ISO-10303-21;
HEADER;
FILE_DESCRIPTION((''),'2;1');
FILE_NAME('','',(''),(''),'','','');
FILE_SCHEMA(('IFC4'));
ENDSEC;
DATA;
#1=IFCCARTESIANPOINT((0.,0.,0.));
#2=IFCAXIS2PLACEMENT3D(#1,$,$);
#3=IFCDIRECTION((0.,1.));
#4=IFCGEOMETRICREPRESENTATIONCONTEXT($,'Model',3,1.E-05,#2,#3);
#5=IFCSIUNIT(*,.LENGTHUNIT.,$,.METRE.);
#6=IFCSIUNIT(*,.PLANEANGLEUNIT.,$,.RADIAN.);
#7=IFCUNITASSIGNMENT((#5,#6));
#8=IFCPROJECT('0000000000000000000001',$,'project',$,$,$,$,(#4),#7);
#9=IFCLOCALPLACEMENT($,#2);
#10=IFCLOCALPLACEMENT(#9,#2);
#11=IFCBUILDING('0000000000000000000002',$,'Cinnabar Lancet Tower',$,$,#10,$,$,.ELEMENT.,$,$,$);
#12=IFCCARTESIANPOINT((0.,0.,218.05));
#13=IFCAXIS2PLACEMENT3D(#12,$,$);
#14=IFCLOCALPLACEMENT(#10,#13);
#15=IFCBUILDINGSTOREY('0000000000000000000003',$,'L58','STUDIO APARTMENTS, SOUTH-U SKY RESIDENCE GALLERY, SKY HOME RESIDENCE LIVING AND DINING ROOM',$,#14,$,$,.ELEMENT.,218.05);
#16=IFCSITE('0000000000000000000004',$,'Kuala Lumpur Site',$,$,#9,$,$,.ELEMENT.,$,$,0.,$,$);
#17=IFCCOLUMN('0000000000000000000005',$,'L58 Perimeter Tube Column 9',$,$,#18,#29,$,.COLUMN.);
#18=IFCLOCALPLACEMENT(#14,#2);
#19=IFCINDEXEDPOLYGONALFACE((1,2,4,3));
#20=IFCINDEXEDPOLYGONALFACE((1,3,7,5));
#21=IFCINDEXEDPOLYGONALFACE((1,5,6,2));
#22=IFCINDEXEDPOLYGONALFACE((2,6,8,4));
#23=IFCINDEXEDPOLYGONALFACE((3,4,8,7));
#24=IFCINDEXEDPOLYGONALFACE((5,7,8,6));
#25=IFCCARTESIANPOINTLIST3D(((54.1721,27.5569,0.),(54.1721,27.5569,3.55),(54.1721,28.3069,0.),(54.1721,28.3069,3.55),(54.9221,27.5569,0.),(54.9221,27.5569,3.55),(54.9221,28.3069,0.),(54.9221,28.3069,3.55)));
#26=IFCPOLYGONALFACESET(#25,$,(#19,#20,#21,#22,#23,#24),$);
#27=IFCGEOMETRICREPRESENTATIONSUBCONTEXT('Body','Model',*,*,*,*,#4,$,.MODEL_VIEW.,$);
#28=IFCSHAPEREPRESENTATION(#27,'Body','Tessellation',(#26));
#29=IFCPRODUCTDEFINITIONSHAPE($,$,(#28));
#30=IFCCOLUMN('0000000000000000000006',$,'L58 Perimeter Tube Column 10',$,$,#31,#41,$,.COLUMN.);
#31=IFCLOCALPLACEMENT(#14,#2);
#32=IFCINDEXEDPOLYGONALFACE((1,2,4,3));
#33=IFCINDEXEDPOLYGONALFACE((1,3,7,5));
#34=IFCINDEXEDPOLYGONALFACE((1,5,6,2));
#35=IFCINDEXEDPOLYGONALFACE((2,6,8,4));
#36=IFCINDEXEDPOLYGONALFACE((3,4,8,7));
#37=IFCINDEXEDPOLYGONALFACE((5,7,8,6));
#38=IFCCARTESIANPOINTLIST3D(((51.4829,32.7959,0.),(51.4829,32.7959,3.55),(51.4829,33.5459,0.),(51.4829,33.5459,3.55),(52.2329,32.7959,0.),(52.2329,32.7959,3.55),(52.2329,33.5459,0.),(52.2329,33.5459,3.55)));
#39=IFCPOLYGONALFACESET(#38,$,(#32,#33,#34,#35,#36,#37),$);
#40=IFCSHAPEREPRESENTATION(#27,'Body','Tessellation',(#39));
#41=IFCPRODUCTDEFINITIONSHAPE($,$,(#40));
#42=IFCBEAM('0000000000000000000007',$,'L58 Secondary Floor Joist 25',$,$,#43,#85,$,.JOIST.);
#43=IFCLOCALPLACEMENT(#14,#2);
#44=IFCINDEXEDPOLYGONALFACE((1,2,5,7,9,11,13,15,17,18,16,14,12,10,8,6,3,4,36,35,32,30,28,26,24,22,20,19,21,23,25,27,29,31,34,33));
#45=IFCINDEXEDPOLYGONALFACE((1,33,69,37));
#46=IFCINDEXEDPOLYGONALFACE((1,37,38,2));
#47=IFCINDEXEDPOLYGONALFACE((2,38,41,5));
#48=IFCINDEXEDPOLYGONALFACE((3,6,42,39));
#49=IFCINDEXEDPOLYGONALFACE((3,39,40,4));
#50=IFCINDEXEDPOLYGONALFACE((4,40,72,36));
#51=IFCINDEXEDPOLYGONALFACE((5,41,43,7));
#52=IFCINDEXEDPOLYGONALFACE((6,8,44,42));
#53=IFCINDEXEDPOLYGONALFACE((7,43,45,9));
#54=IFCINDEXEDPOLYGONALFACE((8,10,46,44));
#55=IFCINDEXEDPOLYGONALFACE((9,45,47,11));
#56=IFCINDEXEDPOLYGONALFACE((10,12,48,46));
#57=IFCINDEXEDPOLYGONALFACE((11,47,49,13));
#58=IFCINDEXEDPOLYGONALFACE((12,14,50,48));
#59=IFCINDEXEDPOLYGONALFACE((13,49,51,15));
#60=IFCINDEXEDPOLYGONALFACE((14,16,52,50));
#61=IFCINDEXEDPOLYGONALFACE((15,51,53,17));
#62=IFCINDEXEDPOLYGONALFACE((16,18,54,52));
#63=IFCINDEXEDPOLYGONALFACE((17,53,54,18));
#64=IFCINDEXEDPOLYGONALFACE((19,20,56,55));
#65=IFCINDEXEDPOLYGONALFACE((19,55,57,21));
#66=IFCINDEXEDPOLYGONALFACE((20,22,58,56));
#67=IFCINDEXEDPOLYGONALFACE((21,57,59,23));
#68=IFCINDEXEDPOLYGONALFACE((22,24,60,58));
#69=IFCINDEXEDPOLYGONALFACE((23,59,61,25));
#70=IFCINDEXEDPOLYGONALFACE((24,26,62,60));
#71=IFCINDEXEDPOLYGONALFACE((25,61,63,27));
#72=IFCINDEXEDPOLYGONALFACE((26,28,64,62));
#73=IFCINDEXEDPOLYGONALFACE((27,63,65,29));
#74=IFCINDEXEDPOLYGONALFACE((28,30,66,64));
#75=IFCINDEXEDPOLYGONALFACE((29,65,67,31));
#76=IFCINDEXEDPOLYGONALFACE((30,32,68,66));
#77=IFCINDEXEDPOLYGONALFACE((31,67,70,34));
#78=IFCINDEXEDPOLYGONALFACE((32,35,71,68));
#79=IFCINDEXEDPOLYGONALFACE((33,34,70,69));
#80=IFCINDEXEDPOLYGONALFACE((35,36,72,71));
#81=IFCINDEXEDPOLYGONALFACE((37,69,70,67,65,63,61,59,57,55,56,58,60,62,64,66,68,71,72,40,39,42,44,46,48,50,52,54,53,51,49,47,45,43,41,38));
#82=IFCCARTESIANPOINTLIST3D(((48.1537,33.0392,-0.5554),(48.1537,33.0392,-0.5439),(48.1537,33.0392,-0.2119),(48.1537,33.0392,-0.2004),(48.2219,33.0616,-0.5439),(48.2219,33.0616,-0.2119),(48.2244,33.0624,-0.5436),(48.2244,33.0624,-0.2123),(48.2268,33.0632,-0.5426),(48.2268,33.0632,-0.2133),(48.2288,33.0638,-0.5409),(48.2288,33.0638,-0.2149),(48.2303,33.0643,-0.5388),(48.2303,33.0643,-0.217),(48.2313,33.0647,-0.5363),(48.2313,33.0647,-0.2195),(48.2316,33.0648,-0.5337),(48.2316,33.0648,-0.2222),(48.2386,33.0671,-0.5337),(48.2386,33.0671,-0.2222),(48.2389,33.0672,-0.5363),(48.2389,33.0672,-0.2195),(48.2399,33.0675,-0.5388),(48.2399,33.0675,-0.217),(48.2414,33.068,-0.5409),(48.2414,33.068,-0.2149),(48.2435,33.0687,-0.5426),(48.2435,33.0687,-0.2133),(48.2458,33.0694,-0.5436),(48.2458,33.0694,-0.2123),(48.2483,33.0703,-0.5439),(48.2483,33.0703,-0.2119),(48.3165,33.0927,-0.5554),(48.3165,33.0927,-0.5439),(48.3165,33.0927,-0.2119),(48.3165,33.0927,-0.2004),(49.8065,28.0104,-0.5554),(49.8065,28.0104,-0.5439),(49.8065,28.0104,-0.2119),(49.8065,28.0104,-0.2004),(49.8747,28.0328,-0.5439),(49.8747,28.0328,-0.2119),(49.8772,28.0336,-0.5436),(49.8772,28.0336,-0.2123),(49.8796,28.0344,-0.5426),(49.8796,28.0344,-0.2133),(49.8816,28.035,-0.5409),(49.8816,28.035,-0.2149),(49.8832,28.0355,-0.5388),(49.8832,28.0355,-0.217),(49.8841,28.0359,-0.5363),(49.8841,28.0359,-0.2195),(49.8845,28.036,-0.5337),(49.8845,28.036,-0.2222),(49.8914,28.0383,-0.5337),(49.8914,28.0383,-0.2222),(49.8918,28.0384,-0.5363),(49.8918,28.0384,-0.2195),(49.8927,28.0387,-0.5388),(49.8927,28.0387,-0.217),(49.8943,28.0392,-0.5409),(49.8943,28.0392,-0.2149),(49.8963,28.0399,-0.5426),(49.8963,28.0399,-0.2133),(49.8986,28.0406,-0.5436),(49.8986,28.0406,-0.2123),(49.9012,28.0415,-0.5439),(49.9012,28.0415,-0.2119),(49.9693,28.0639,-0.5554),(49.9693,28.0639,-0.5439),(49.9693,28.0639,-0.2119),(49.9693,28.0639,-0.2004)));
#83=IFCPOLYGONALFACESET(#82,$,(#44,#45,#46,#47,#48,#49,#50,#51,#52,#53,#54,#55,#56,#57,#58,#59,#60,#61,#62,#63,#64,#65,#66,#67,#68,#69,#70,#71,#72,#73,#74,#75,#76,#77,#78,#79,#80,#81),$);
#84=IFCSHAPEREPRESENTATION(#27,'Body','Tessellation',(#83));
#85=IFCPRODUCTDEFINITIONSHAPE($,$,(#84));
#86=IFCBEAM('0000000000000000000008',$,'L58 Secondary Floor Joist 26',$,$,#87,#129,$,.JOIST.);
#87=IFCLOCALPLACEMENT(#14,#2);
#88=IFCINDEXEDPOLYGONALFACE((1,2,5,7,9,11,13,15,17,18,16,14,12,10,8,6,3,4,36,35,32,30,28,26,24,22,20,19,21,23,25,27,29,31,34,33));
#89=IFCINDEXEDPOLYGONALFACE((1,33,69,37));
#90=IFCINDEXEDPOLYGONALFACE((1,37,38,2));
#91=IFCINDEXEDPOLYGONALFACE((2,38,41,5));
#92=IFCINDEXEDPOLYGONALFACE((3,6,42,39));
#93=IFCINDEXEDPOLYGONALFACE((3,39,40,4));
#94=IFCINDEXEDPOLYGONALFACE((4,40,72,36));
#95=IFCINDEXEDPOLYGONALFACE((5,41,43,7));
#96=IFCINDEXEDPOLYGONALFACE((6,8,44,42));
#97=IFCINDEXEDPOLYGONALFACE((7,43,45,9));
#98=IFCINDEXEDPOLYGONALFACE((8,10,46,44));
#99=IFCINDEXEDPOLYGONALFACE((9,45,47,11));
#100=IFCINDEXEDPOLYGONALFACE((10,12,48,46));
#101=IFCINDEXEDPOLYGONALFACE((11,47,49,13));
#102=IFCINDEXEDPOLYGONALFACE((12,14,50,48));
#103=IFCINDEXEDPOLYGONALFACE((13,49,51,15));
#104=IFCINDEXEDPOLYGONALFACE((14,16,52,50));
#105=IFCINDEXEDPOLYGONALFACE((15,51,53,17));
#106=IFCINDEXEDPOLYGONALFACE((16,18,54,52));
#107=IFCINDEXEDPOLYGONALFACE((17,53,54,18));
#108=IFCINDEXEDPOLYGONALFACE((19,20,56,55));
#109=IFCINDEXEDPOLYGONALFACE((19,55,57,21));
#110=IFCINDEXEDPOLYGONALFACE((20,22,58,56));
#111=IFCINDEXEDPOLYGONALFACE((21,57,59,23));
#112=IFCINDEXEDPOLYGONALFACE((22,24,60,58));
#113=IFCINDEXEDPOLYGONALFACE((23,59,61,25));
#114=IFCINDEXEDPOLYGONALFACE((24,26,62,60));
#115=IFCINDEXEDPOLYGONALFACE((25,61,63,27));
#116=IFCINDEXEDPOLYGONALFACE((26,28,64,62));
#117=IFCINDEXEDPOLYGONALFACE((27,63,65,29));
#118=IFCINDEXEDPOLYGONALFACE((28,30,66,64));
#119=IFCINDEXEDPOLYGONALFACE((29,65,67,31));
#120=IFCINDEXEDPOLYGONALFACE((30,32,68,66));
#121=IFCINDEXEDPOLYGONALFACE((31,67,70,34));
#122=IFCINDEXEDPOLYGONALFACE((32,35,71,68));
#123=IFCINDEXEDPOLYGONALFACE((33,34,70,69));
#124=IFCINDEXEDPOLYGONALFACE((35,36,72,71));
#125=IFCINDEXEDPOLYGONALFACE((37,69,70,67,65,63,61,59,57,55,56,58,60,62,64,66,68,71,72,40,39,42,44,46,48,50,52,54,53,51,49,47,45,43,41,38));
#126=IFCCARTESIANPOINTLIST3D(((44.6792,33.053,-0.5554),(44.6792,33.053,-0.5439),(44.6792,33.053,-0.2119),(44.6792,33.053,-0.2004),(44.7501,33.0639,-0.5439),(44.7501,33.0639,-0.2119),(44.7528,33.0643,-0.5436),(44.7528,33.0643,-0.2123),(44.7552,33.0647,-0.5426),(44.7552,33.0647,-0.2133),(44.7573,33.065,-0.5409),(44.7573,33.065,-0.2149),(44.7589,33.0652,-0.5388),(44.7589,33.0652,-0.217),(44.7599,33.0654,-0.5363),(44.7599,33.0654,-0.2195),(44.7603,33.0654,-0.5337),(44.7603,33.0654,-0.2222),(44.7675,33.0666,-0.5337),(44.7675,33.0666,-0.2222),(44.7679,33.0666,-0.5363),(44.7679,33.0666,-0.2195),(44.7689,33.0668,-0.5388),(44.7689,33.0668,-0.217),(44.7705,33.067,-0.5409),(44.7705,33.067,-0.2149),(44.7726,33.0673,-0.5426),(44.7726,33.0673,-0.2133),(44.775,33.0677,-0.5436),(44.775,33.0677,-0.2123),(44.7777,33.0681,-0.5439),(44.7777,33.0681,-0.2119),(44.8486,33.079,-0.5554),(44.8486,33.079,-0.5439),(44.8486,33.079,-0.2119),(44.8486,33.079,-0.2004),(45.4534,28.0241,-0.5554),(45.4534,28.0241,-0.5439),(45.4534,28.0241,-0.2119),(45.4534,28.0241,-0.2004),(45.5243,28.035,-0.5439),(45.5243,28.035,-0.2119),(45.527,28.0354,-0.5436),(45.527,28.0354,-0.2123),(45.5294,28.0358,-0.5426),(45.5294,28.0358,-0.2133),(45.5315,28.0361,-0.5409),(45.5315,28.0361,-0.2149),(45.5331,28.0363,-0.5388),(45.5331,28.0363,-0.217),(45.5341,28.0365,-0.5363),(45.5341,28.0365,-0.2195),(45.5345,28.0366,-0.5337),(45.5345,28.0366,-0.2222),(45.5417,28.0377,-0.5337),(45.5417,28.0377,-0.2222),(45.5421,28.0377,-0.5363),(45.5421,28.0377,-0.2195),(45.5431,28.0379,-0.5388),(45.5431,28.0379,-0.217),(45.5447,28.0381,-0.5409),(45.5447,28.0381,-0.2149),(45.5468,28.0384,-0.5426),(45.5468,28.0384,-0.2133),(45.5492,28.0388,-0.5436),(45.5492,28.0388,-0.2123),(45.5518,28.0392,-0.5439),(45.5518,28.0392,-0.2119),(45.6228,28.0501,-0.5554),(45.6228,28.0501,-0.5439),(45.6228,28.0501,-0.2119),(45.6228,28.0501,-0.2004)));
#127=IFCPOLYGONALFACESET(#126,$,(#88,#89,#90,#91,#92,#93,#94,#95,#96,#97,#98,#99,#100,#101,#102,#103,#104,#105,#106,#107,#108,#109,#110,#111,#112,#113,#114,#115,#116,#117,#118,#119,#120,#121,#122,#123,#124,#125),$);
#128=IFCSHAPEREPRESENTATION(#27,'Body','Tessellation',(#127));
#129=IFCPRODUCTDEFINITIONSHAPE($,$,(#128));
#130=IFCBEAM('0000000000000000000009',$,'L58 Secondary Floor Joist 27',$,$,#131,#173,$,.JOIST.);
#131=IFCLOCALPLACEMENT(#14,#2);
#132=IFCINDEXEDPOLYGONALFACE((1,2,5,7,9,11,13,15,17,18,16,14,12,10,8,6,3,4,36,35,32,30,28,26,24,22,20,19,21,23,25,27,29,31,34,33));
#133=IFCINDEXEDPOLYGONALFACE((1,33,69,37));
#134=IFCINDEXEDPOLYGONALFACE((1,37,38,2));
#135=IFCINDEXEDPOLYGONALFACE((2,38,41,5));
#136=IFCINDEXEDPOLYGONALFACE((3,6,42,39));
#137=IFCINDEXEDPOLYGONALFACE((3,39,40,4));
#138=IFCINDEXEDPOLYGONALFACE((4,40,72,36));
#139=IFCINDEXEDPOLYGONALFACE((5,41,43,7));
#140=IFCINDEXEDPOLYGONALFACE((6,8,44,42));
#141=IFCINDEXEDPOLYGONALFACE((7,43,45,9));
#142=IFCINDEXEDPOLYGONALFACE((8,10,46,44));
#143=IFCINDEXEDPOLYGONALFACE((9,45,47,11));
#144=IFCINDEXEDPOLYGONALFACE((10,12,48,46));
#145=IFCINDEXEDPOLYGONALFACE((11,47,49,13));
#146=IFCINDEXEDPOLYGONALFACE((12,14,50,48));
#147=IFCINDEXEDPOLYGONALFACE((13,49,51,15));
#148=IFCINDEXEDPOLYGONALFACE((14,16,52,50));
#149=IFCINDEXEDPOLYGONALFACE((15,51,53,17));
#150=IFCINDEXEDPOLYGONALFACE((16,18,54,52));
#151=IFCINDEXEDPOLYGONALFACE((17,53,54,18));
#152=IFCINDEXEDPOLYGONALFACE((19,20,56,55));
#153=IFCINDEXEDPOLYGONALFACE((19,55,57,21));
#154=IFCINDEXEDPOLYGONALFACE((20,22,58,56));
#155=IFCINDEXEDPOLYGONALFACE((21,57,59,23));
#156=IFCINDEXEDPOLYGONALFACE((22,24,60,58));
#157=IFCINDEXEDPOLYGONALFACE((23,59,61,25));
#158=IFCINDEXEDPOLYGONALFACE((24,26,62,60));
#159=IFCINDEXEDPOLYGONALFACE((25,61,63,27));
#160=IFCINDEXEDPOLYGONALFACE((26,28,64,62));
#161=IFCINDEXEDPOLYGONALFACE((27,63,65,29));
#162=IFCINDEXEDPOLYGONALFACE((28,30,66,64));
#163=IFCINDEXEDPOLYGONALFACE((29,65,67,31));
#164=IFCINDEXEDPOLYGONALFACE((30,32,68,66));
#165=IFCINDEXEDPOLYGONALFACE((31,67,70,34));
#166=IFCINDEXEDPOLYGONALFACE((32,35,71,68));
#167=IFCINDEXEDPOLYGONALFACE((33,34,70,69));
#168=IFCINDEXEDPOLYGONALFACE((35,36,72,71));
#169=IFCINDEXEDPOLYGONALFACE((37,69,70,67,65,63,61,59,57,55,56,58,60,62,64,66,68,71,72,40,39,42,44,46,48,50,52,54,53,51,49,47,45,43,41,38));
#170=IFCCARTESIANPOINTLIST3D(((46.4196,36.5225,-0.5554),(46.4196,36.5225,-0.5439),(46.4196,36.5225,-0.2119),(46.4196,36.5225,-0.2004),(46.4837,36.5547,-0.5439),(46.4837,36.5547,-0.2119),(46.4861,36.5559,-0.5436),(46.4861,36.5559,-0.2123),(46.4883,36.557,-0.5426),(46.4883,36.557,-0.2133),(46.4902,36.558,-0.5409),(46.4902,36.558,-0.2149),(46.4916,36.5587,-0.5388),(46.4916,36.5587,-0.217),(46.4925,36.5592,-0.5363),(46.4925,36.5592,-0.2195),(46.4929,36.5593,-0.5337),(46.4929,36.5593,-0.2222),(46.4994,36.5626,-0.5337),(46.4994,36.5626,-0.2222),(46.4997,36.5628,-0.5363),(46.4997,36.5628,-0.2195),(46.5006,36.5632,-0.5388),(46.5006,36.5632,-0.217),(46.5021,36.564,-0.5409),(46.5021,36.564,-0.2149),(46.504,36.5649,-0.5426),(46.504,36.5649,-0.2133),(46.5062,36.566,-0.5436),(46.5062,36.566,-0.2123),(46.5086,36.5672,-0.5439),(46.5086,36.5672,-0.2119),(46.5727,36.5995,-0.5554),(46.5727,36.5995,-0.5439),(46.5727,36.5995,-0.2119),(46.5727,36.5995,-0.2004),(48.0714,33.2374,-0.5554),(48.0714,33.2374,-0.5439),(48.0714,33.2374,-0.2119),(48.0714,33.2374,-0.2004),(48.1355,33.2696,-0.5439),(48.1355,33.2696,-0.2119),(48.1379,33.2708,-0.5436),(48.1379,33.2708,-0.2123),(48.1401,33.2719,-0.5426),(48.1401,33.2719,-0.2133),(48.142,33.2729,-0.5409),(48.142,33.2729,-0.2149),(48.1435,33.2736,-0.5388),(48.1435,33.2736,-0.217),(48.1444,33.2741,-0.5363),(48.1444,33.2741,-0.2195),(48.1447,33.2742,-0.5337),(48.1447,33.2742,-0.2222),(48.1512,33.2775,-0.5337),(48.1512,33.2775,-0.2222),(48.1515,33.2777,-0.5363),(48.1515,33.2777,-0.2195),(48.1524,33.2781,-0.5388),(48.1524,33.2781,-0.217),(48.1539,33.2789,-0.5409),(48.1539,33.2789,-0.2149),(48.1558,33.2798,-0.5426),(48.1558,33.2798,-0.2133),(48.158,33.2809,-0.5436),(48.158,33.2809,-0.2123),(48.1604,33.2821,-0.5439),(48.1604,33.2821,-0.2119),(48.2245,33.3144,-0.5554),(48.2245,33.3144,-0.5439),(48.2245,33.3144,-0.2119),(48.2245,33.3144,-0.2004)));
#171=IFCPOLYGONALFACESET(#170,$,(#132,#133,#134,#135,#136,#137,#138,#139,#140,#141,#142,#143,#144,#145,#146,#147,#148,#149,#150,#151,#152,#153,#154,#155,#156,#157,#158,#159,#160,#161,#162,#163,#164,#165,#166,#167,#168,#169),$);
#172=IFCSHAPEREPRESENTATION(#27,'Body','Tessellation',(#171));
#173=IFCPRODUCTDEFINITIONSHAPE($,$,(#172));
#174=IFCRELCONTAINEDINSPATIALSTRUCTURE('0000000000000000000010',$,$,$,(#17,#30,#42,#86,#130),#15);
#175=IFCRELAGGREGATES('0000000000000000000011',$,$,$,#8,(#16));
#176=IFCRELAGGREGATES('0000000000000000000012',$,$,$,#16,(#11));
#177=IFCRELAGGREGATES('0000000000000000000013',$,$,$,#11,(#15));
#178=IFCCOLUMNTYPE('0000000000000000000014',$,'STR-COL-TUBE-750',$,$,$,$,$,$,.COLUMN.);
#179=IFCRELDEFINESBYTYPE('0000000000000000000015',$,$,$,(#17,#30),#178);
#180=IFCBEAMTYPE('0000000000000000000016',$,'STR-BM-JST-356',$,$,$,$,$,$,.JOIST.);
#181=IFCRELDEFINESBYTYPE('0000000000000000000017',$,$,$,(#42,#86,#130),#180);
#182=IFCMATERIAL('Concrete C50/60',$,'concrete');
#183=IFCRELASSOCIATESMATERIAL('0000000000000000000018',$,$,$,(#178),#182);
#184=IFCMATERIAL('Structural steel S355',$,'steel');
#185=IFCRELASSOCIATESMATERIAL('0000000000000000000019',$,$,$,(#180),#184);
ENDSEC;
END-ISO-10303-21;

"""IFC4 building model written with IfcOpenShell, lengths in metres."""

from ifc_helpers import new_model, si_unit, direction, frame, origin, origin_2d, place, context, subcontext, project, spatial, rectangle, i_section, extrude, material, material_profile, profile_set, type_object, element, save


model = new_model("IFC4")

# Units and contexts
model_context = context("Model", 3, precision=1e-05, world=origin(), true_north=direction((0.0, 1.0)))
body_context = subcontext(model_context, "Body", "Model", "MODEL_VIEW")
ifc_project = project(units=[si_unit("LENGTHUNIT", "METRE"), si_unit("PLANEANGLEUNIT", "RADIAN")], contexts=[model_context])

# Site, building, storey
site_placement = place(None, origin())
site = spatial("IfcSite", under=ifc_project, at=site_placement, Name="Kuala Lumpur Site", CompositionType="ELEMENT", RefElevation=0.0)
building_placement = place(site_placement, origin())
building = spatial("IfcBuilding", under=site, at=building_placement, Name="Cinnabar Lancet Tower", CompositionType="ELEMENT")
storey_placement = place(building_placement, frame((0.0, 0.0, 218.05)))
storey = spatial("IfcBuildingStorey", under=building, at=storey_placement, Name="L58", Description="STUDIO APARTMENTS, SOUTH-U SKY RESIDENCE GALLERY, SKY HOME RESIDENCE LIVING AND DINING ROOM", CompositionType="ELEMENT", Elevation=218.05)

# Columns
ifc_material_1 = material(Name="Concrete C50/60", Category="concrete")
ifc_material_profile_1 = material_profile(ifc_material_1, rectangle(XDim=0.75, YDim=0.75, at=origin_2d()), Name="RC-COL 750x750")
ifc_profile_set_1 = profile_set([ifc_material_profile_1], Name="Concrete C50/60")
column_type = type_object("IfcColumnType", Name="STR-COL-TUBE-750", PredefinedType="COLUMN", material=ifc_profile_set_1)
for number, where, z_axis, x_axis, name in (
    (1, (54.5471, 27.9319, 0.0), (0.0, 0.0, 1.0), (1.0, 0.0, 0.0), "L58 Perimeter Tube Column 9"),
    (2, (51.8579, 33.1709, 0.0), (0.0, 0.0, 1.0), (1.0, 0.0, 0.0), "L58 Perimeter Tube Column 10"),
):
    element("IfcColumn", number, at=place(storey_placement, frame(where, z_axis=z_axis, x_axis=x_axis)), inside=storey, type_object=column_type, Name=name, PredefinedType="COLUMN", context=body_context, shape_type="SweptSolid", body=[
        extrude(rectangle(XDim=0.75, YDim=0.75, at=origin_2d()), origin(), (0.0, 0.0, 1.0), 3.55),
    ])

# Beams
ifc_material_2 = material(Name="Structural steel S355", Category="steel")
ifc_material_profile_2 = material_profile(ifc_material_2, i_section(OverallWidth=0.1714, OverallDepth=0.355, WebThickness=0.0073, FlangeThickness=0.0115, FilletRadius=0.0103, at=origin_2d()), Name="UKB 356x171x51")
ifc_profile_set_2 = profile_set([ifc_material_profile_2], Name="Structural steel S355")
beam_type_1 = type_object("IfcBeamType", Name="STR-BM-JST-356", PredefinedType="JOIST", material=ifc_profile_set_2)
beam_1_placement = place(storey_placement, frame((49.8879, 28.0371, -0.3779), z_axis=(-0.31224, 0.950003, 0.0), x_axis=(-0.950003, -0.31224, 0.0)))
element("IfcBeam", 3, at=beam_1_placement, inside=storey, type_object=beam_type_1, Name="L58 Secondary Floor Joist 25", PredefinedType="JOIST", context=body_context, shape_type="SweptSolid", body=[
    extrude(i_section(OverallWidth=0.1714, OverallDepth=0.355, WebThickness=0.0073, FlangeThickness=0.0115, FilletRadius=0.0103, at=origin_2d()), origin(), (0.0, 0.0, 1.0), 5.2935),
])
beam_2_placement = place(storey_placement, frame((45.5381, 28.0371, -0.3779), z_axis=(-0.152155, 0.988357, 0.0), x_axis=(-0.988357, -0.152155, 0.0)))
element("IfcBeam", 4, at=beam_2_placement, inside=storey, type_object=beam_type_1, Name="L58 Secondary Floor Joist 26", PredefinedType="JOIST", context=body_context, shape_type="SweptSolid", body=[
    extrude(i_section(OverallWidth=0.1714, OverallDepth=0.355, WebThickness=0.0073, FlangeThickness=0.0115, FilletRadius=0.0103, at=origin_2d()), origin(), (0.0, 0.0, 1.0), 5.0881),
])
beam_3_placement = place(storey_placement, frame((48.1479, 33.2759, -0.3779), z_axis=(-0.449231, 0.893416, 0.0), x_axis=(-0.893416, -0.449231, 0.0)))
element("IfcBeam", 5, at=beam_3_placement, inside=storey, type_object=beam_type_1, Name="L58 Secondary Floor Joist 27", PredefinedType="JOIST", context=body_context, shape_type="SweptSolid", body=[
    extrude(i_section(OverallWidth=0.1714, OverallDepth=0.355, WebThickness=0.0073, FlangeThickness=0.0115, FilletRadius=0.0103, at=origin_2d()), origin(), (0.0, 0.0, 1.0), 3.677),
])

save(model, "model.ifc")
